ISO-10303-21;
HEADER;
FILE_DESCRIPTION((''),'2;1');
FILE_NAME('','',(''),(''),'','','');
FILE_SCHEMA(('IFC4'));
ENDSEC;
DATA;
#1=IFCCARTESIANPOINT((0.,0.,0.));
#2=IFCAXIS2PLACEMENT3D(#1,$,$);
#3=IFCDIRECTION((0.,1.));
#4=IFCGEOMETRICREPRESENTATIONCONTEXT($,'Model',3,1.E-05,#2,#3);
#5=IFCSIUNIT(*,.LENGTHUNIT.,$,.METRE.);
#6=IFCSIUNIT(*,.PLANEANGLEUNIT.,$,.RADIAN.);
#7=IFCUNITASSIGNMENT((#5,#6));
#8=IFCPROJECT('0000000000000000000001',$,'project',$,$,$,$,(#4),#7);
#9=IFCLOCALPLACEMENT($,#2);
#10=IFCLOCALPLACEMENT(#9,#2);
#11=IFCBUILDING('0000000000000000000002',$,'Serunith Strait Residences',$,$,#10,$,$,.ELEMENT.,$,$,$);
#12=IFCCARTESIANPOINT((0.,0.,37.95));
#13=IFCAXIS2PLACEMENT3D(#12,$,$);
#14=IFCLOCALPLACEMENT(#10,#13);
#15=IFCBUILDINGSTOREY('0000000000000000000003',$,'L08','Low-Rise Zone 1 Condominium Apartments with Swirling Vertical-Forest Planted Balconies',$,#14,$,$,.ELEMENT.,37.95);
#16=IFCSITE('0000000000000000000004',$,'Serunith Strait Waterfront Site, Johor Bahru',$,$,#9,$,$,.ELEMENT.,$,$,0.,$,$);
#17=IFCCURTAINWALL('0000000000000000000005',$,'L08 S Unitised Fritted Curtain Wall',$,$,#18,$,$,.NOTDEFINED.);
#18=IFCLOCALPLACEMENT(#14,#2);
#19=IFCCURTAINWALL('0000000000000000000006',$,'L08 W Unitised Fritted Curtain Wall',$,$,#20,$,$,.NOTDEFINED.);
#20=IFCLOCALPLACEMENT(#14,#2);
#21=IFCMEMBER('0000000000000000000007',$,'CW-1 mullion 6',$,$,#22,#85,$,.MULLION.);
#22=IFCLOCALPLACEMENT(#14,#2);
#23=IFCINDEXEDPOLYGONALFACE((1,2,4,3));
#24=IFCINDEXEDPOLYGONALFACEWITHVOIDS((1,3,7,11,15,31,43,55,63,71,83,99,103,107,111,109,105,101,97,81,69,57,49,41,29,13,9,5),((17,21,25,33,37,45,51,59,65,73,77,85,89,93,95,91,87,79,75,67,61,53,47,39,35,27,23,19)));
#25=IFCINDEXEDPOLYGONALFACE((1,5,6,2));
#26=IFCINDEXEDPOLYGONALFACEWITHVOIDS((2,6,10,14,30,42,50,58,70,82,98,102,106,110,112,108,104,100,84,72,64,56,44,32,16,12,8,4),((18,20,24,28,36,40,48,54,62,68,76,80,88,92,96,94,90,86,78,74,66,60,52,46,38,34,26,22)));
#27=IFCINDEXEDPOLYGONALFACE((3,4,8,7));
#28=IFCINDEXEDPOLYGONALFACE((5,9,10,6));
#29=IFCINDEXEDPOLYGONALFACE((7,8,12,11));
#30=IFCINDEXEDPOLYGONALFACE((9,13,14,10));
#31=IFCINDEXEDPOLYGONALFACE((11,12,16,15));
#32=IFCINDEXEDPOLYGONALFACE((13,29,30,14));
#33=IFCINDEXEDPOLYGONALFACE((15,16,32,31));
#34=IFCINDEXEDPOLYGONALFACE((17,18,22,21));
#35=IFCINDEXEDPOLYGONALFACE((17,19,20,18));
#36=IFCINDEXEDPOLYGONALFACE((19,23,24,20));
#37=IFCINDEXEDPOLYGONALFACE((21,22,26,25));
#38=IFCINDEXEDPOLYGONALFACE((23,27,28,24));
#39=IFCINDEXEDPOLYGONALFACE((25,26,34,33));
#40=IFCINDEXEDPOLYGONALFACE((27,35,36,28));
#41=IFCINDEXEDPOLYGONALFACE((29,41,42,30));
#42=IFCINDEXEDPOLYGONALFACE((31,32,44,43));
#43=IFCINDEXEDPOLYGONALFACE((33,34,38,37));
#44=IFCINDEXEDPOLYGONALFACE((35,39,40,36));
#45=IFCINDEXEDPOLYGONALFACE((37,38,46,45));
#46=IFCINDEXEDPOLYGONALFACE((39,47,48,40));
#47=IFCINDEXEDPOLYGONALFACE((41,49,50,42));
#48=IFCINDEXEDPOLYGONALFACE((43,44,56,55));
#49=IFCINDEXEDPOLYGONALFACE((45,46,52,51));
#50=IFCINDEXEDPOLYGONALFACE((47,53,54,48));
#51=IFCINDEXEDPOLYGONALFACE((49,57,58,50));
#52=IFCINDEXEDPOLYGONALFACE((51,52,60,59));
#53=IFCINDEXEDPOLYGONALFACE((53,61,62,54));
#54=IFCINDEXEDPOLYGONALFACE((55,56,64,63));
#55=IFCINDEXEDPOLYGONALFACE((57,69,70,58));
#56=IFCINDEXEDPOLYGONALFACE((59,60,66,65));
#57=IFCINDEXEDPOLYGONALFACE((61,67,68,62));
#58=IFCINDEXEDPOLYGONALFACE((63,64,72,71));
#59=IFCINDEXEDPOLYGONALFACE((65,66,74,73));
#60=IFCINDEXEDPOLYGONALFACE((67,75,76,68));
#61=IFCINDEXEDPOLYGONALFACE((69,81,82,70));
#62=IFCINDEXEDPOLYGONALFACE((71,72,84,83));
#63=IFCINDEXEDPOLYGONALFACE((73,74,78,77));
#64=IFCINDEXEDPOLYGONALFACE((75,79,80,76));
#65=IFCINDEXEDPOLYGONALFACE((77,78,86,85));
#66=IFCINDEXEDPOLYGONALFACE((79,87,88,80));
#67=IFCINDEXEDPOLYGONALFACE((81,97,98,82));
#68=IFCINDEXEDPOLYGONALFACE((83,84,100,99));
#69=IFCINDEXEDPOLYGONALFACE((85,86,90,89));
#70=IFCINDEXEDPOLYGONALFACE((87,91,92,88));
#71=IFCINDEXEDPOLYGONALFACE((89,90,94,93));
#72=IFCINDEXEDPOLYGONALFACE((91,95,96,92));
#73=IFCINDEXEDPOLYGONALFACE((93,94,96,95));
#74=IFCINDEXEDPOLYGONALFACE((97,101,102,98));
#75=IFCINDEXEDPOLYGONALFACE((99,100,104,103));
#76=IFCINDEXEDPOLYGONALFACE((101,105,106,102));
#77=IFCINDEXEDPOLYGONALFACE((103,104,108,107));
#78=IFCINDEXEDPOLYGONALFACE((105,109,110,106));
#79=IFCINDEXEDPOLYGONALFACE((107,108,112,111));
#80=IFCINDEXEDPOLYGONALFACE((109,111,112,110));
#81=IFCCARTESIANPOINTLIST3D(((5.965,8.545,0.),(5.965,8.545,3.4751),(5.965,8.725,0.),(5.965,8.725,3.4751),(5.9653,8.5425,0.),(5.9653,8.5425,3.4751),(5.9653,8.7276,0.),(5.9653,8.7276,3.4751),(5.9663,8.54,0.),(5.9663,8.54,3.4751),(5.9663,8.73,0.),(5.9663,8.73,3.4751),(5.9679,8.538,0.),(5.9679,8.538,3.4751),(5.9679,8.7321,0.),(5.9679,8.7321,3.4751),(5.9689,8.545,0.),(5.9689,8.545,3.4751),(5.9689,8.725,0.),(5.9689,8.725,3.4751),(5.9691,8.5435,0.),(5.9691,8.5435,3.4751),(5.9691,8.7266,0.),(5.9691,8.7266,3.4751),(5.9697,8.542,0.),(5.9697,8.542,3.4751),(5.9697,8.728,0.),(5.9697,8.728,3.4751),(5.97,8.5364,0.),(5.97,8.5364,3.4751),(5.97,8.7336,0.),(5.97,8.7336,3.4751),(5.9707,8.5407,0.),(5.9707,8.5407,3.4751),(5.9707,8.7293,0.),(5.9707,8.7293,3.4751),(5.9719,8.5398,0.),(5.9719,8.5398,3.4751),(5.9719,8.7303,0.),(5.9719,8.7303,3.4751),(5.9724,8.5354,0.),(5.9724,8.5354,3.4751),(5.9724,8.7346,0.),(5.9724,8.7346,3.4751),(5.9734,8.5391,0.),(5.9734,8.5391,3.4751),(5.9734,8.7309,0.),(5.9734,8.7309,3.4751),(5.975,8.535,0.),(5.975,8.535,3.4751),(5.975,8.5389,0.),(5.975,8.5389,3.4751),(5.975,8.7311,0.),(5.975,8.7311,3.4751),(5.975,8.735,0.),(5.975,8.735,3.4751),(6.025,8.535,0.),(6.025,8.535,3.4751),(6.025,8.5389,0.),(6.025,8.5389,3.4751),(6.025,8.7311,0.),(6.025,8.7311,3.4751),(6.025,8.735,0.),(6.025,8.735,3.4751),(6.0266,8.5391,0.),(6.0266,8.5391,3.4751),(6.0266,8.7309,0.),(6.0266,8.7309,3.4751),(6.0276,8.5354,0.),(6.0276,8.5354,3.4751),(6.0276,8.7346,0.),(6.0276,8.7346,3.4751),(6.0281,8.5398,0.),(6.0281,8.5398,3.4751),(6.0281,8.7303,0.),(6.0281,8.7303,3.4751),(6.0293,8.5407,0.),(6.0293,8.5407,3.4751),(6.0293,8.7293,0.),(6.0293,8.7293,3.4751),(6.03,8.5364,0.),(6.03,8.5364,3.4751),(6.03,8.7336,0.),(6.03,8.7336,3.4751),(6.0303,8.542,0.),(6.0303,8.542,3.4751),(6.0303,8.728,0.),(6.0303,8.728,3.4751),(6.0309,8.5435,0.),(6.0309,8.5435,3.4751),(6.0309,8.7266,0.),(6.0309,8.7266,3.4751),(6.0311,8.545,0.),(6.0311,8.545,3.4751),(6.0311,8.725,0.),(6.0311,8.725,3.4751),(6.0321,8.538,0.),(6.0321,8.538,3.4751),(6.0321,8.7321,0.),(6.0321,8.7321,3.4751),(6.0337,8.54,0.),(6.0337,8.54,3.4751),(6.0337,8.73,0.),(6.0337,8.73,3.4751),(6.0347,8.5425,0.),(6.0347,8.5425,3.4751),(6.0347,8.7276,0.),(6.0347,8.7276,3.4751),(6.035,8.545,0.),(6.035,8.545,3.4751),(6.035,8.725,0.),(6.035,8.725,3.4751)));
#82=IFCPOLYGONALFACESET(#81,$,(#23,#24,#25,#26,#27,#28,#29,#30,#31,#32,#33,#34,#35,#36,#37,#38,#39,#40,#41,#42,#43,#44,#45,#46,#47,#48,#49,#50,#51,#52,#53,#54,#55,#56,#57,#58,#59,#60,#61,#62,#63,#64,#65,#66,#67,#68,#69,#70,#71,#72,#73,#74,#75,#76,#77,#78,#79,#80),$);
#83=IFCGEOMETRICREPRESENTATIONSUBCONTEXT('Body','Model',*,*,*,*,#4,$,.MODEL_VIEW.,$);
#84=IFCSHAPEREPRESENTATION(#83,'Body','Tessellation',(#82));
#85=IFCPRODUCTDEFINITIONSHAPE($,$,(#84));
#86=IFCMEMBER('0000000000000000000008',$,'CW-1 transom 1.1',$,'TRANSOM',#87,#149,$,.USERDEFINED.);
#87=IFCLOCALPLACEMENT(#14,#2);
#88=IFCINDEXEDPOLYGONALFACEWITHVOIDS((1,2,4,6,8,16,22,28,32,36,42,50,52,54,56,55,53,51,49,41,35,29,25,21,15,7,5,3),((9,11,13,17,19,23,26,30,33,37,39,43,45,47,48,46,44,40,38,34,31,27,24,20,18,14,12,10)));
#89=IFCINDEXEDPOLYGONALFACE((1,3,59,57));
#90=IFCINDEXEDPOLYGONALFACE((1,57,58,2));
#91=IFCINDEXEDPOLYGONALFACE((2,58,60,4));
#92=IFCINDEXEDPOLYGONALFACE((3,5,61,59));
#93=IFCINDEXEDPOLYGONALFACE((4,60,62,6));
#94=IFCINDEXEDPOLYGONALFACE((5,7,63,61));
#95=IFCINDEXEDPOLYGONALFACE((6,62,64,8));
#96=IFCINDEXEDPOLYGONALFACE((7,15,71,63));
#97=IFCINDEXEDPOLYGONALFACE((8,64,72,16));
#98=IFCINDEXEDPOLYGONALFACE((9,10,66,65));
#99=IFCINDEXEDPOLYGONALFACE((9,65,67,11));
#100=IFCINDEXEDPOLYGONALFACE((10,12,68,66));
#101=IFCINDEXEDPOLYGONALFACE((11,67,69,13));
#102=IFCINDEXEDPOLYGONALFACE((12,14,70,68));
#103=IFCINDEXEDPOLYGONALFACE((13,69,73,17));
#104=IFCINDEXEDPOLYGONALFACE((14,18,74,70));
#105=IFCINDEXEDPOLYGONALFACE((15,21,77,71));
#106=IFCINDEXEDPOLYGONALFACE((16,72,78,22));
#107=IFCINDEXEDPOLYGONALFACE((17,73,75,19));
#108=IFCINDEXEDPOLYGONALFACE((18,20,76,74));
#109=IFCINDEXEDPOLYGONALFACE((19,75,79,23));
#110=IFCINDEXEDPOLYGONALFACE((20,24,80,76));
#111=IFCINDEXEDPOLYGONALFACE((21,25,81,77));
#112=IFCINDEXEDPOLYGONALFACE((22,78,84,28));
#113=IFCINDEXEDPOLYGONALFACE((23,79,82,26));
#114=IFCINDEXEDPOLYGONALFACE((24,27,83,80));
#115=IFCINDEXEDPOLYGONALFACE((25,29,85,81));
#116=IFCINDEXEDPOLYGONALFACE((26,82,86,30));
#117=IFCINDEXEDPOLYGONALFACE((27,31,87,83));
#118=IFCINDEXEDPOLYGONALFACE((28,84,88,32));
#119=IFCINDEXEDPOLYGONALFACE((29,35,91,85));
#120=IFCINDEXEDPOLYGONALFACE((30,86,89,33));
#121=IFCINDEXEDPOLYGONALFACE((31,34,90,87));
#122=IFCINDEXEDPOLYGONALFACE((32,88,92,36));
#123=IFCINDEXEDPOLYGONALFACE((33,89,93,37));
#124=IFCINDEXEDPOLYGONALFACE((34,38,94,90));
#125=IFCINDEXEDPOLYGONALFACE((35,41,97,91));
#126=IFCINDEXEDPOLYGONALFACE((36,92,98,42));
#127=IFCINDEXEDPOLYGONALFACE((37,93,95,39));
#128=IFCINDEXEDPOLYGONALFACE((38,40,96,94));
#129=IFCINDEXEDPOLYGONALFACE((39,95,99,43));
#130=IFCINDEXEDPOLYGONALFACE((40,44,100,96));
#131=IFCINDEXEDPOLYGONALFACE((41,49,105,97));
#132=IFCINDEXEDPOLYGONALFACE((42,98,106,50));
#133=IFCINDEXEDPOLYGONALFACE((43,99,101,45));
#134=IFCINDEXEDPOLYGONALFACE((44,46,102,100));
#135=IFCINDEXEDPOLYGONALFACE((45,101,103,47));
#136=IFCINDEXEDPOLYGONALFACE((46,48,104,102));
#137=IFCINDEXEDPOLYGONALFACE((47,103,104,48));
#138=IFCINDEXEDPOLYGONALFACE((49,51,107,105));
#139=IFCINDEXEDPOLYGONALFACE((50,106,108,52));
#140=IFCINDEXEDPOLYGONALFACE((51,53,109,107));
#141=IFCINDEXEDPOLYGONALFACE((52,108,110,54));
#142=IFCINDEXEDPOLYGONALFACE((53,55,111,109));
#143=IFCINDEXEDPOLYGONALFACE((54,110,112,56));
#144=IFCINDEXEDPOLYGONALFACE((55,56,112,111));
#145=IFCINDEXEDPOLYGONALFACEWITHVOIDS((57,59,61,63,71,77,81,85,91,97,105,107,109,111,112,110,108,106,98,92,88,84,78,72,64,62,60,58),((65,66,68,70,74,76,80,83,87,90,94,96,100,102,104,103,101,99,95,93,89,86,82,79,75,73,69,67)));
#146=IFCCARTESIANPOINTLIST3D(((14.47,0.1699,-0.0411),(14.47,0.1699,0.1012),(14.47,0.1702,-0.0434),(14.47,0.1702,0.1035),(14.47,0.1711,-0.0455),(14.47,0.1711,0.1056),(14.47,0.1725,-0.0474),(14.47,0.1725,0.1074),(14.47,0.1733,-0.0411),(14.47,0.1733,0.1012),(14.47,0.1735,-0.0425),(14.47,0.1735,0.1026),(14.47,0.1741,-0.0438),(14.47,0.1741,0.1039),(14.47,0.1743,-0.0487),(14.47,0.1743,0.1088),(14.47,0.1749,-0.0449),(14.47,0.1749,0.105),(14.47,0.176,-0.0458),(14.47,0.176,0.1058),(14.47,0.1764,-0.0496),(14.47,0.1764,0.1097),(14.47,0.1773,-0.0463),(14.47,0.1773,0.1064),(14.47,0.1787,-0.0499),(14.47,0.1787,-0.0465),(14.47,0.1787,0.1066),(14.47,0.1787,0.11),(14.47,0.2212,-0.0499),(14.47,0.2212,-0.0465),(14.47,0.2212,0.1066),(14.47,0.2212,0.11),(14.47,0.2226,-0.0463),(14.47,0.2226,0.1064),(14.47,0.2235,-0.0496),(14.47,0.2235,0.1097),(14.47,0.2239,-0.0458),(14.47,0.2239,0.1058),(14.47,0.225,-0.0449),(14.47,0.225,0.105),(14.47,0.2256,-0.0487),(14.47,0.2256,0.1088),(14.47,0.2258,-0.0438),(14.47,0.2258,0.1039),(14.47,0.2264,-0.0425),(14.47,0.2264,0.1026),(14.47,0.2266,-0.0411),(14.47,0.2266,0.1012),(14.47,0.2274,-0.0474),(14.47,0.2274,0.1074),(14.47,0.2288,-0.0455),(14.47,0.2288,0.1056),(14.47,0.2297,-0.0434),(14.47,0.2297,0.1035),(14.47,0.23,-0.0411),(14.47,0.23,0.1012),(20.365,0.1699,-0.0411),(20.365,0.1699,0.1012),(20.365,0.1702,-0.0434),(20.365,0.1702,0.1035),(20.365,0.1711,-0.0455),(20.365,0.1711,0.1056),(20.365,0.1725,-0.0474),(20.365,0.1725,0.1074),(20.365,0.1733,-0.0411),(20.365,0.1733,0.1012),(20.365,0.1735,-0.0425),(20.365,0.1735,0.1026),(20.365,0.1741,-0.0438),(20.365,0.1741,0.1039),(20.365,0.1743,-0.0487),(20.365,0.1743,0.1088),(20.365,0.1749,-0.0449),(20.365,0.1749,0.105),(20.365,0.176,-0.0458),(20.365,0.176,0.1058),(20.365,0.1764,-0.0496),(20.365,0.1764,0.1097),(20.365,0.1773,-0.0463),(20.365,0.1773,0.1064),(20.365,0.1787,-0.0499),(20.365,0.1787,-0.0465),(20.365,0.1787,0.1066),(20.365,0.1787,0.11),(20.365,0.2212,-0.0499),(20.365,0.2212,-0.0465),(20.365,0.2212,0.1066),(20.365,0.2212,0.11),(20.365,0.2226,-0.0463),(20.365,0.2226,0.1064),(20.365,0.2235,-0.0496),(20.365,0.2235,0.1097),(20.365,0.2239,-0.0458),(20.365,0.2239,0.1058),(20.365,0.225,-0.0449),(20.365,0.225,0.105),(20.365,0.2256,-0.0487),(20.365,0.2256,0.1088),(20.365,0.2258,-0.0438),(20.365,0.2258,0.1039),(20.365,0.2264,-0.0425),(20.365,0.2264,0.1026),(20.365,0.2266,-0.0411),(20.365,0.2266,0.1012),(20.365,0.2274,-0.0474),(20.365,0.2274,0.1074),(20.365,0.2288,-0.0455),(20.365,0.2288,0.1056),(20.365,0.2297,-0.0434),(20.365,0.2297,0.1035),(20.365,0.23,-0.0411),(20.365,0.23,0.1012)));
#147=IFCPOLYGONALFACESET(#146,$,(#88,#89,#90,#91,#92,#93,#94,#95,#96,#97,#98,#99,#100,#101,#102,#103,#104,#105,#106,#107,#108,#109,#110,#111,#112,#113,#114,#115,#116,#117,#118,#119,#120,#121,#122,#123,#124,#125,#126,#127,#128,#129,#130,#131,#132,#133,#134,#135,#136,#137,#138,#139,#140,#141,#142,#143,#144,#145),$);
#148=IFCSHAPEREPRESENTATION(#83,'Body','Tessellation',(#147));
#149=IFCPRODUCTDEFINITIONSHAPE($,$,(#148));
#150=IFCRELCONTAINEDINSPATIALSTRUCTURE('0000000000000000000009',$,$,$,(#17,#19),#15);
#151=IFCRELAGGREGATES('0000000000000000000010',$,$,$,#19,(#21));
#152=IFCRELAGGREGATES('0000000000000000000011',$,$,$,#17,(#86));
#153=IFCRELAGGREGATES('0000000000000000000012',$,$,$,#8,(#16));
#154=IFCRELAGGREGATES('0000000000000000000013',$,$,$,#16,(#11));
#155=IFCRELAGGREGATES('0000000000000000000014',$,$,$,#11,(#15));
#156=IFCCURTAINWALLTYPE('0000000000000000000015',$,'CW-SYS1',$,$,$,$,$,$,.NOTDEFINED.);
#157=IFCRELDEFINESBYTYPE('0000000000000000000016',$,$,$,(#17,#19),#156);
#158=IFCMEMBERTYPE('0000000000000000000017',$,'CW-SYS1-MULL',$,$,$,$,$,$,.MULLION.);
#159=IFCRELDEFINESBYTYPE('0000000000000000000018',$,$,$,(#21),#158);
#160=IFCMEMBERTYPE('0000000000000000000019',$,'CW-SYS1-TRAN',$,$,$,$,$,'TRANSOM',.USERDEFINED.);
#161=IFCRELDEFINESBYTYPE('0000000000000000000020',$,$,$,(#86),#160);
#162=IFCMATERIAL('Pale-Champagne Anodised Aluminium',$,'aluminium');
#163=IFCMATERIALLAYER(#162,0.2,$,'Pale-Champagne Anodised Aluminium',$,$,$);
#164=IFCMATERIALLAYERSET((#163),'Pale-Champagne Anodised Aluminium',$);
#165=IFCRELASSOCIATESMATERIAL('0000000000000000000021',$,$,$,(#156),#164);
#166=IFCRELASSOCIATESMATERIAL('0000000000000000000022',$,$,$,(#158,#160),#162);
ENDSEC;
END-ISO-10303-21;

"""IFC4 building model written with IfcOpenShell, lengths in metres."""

from ifc_helpers import new_model, si_unit, direction, frame, origin, origin_2d, place, context, subcontext, project, spatial, hollow_rectangle, extrude, source, transform, mapped, material, layer, layer_set, material_profile, profile_set, type_object, element, aggregate, save


model = new_model("IFC4")

# Units and contexts
model_context = context("Model", 3, precision=1e-05, world=origin(), true_north=direction((0.0, 1.0)))
body_context = subcontext(model_context, "Body", "Model", "MODEL_VIEW")
ifc_project = project(units=[si_unit("LENGTHUNIT", "METRE"), si_unit("PLANEANGLEUNIT", "RADIAN")], contexts=[model_context])

# Site, building, storey
site_placement = place(None, origin())
site = spatial("IfcSite", under=ifc_project, at=site_placement, Name="Serunith Strait Waterfront Site, Johor Bahru", CompositionType="ELEMENT", RefElevation=0.0)
building_placement = place(site_placement, origin())
building = spatial("IfcBuilding", under=site, at=building_placement, Name="Serunith Strait Residences", CompositionType="ELEMENT")
storey_placement = place(building_placement, frame((0.0, 0.0, 37.95)))
storey = spatial("IfcBuildingStorey", under=building, at=storey_placement, Name="L08", Description="Low-Rise Zone 1 Condominium Apartments with Swirling Vertical-Forest Planted Balconies", CompositionType="ELEMENT", Elevation=37.95)

# Curtain walls, member
ifc_material_1 = material(Name="Pale-Champagne Anodised Aluminium", Category="aluminium")
ifc_layer_1 = layer(ifc_material_1, 0.2, Name="Pale-Champagne Anodised Aluminium")
ifc_layer_set_1 = layer_set([ifc_layer_1], Name="Pale-Champagne Anodised Aluminium")
curtain_wall_type = type_object("IfcCurtainWallType", Name="CW-SYS1", PredefinedType="NOTDEFINED", material=ifc_layer_set_1)
curtain_wall_1_placement = place(storey_placement, origin())
curtain_wall_1 = element("IfcCurtainWall", 1, at=curtain_wall_1_placement, inside=storey, type_object=curtain_wall_type, Name="L08 S Unitised Fritted Curtain Wall", PredefinedType="NOTDEFINED")
ifc_material_profile_1 = material_profile(ifc_material_1, hollow_rectangle(XDim=0.0701, YDim=0.2, WallThickness=0.0039, InnerFilletRadius=0.0061, OuterFilletRadius=0.01, at=origin_2d()), Name="ALU 200x70x4")
ifc_profile_set_1 = profile_set([ifc_material_profile_1], Name="Pale-Champagne Anodised Aluminium")
member_type_1 = type_object("IfcMemberType", Name="CW-SYS1-MULL", PredefinedType="MULLION", material=ifc_profile_set_1)
shared_shape_1 = source(origin(), body_context, "Body", "SweptSolid", [
    extrude(hollow_rectangle(XDim=0.0701, YDim=0.2, WallThickness=0.0039, InnerFilletRadius=0.0061, OuterFilletRadius=0.01, at=origin_2d()), origin(), (0.0, 0.0, 1.0), 3.4751),
])
curtain_wall_2_placement = place(storey_placement, origin())
curtain_wall_2 = element("IfcCurtainWall", 2, at=curtain_wall_2_placement, inside=storey, type_object=curtain_wall_type, Name="L08 W Unitised Fritted Curtain Wall", PredefinedType="NOTDEFINED")
member_1_placement = place(storey_placement, frame((6.0, 8.635, 0.0), z_axis=(0.0, 0.0, 1.0), x_axis=(1.0, 0.0, 0.0)))
member_1 = element("IfcMember", 3, at=member_1_placement, type_object=member_type_1, Name="CW-1 mullion 6", PredefinedType="MULLION", context=body_context, shape_type="MappedRepresentation", body=[
    mapped(shared_shape_1, transform((0.0, 0.0, 0.0), scale=1.0)),
])
aggregate(curtain_wall_2, [member_1])

# Member
ifc_material_profile_2 = material_profile(ifc_material_1, hollow_rectangle(XDim=0.0601, YDim=0.1599, WallThickness=0.0034, InnerFilletRadius=0.0054, OuterFilletRadius=0.0088, at=origin_2d()), Name="ALU 160x60x3.5")
ifc_profile_set_2 = profile_set([ifc_material_profile_2], Name="Pale-Champagne Anodised Aluminium")
member_type_2 = type_object("IfcMemberType", Name="CW-SYS1-TRAN", ElementType="TRANSOM", PredefinedType="USERDEFINED", material=ifc_profile_set_2)
shared_shape_2 = source(origin(), body_context, "Body", "SweptSolid", [
    extrude(hollow_rectangle(XDim=0.0601, YDim=0.1599, WallThickness=0.0034, InnerFilletRadius=0.0054, OuterFilletRadius=0.0088, at=origin_2d()), origin(), (0.0, 0.0, 1.0), 5.895),
])
member_2_placement = place(storey_placement, frame((14.47, 0.2, 0.03), z_axis=(1.0, 0.0, 0.0), x_axis=(0.0, 1.0, 0.0)))
member_2 = element("IfcMember", 4, at=member_2_placement, type_object=member_type_2, Name="CW-1 transom 1.1", ObjectType="TRANSOM", PredefinedType="USERDEFINED", context=body_context, shape_type="MappedRepresentation", body=[
    mapped(shared_shape_2, transform((0.0, 0.0, 0.0), scale=1.0)),
])
aggregate(curtain_wall_1, [member_2])

save(model, "model.ifc")
